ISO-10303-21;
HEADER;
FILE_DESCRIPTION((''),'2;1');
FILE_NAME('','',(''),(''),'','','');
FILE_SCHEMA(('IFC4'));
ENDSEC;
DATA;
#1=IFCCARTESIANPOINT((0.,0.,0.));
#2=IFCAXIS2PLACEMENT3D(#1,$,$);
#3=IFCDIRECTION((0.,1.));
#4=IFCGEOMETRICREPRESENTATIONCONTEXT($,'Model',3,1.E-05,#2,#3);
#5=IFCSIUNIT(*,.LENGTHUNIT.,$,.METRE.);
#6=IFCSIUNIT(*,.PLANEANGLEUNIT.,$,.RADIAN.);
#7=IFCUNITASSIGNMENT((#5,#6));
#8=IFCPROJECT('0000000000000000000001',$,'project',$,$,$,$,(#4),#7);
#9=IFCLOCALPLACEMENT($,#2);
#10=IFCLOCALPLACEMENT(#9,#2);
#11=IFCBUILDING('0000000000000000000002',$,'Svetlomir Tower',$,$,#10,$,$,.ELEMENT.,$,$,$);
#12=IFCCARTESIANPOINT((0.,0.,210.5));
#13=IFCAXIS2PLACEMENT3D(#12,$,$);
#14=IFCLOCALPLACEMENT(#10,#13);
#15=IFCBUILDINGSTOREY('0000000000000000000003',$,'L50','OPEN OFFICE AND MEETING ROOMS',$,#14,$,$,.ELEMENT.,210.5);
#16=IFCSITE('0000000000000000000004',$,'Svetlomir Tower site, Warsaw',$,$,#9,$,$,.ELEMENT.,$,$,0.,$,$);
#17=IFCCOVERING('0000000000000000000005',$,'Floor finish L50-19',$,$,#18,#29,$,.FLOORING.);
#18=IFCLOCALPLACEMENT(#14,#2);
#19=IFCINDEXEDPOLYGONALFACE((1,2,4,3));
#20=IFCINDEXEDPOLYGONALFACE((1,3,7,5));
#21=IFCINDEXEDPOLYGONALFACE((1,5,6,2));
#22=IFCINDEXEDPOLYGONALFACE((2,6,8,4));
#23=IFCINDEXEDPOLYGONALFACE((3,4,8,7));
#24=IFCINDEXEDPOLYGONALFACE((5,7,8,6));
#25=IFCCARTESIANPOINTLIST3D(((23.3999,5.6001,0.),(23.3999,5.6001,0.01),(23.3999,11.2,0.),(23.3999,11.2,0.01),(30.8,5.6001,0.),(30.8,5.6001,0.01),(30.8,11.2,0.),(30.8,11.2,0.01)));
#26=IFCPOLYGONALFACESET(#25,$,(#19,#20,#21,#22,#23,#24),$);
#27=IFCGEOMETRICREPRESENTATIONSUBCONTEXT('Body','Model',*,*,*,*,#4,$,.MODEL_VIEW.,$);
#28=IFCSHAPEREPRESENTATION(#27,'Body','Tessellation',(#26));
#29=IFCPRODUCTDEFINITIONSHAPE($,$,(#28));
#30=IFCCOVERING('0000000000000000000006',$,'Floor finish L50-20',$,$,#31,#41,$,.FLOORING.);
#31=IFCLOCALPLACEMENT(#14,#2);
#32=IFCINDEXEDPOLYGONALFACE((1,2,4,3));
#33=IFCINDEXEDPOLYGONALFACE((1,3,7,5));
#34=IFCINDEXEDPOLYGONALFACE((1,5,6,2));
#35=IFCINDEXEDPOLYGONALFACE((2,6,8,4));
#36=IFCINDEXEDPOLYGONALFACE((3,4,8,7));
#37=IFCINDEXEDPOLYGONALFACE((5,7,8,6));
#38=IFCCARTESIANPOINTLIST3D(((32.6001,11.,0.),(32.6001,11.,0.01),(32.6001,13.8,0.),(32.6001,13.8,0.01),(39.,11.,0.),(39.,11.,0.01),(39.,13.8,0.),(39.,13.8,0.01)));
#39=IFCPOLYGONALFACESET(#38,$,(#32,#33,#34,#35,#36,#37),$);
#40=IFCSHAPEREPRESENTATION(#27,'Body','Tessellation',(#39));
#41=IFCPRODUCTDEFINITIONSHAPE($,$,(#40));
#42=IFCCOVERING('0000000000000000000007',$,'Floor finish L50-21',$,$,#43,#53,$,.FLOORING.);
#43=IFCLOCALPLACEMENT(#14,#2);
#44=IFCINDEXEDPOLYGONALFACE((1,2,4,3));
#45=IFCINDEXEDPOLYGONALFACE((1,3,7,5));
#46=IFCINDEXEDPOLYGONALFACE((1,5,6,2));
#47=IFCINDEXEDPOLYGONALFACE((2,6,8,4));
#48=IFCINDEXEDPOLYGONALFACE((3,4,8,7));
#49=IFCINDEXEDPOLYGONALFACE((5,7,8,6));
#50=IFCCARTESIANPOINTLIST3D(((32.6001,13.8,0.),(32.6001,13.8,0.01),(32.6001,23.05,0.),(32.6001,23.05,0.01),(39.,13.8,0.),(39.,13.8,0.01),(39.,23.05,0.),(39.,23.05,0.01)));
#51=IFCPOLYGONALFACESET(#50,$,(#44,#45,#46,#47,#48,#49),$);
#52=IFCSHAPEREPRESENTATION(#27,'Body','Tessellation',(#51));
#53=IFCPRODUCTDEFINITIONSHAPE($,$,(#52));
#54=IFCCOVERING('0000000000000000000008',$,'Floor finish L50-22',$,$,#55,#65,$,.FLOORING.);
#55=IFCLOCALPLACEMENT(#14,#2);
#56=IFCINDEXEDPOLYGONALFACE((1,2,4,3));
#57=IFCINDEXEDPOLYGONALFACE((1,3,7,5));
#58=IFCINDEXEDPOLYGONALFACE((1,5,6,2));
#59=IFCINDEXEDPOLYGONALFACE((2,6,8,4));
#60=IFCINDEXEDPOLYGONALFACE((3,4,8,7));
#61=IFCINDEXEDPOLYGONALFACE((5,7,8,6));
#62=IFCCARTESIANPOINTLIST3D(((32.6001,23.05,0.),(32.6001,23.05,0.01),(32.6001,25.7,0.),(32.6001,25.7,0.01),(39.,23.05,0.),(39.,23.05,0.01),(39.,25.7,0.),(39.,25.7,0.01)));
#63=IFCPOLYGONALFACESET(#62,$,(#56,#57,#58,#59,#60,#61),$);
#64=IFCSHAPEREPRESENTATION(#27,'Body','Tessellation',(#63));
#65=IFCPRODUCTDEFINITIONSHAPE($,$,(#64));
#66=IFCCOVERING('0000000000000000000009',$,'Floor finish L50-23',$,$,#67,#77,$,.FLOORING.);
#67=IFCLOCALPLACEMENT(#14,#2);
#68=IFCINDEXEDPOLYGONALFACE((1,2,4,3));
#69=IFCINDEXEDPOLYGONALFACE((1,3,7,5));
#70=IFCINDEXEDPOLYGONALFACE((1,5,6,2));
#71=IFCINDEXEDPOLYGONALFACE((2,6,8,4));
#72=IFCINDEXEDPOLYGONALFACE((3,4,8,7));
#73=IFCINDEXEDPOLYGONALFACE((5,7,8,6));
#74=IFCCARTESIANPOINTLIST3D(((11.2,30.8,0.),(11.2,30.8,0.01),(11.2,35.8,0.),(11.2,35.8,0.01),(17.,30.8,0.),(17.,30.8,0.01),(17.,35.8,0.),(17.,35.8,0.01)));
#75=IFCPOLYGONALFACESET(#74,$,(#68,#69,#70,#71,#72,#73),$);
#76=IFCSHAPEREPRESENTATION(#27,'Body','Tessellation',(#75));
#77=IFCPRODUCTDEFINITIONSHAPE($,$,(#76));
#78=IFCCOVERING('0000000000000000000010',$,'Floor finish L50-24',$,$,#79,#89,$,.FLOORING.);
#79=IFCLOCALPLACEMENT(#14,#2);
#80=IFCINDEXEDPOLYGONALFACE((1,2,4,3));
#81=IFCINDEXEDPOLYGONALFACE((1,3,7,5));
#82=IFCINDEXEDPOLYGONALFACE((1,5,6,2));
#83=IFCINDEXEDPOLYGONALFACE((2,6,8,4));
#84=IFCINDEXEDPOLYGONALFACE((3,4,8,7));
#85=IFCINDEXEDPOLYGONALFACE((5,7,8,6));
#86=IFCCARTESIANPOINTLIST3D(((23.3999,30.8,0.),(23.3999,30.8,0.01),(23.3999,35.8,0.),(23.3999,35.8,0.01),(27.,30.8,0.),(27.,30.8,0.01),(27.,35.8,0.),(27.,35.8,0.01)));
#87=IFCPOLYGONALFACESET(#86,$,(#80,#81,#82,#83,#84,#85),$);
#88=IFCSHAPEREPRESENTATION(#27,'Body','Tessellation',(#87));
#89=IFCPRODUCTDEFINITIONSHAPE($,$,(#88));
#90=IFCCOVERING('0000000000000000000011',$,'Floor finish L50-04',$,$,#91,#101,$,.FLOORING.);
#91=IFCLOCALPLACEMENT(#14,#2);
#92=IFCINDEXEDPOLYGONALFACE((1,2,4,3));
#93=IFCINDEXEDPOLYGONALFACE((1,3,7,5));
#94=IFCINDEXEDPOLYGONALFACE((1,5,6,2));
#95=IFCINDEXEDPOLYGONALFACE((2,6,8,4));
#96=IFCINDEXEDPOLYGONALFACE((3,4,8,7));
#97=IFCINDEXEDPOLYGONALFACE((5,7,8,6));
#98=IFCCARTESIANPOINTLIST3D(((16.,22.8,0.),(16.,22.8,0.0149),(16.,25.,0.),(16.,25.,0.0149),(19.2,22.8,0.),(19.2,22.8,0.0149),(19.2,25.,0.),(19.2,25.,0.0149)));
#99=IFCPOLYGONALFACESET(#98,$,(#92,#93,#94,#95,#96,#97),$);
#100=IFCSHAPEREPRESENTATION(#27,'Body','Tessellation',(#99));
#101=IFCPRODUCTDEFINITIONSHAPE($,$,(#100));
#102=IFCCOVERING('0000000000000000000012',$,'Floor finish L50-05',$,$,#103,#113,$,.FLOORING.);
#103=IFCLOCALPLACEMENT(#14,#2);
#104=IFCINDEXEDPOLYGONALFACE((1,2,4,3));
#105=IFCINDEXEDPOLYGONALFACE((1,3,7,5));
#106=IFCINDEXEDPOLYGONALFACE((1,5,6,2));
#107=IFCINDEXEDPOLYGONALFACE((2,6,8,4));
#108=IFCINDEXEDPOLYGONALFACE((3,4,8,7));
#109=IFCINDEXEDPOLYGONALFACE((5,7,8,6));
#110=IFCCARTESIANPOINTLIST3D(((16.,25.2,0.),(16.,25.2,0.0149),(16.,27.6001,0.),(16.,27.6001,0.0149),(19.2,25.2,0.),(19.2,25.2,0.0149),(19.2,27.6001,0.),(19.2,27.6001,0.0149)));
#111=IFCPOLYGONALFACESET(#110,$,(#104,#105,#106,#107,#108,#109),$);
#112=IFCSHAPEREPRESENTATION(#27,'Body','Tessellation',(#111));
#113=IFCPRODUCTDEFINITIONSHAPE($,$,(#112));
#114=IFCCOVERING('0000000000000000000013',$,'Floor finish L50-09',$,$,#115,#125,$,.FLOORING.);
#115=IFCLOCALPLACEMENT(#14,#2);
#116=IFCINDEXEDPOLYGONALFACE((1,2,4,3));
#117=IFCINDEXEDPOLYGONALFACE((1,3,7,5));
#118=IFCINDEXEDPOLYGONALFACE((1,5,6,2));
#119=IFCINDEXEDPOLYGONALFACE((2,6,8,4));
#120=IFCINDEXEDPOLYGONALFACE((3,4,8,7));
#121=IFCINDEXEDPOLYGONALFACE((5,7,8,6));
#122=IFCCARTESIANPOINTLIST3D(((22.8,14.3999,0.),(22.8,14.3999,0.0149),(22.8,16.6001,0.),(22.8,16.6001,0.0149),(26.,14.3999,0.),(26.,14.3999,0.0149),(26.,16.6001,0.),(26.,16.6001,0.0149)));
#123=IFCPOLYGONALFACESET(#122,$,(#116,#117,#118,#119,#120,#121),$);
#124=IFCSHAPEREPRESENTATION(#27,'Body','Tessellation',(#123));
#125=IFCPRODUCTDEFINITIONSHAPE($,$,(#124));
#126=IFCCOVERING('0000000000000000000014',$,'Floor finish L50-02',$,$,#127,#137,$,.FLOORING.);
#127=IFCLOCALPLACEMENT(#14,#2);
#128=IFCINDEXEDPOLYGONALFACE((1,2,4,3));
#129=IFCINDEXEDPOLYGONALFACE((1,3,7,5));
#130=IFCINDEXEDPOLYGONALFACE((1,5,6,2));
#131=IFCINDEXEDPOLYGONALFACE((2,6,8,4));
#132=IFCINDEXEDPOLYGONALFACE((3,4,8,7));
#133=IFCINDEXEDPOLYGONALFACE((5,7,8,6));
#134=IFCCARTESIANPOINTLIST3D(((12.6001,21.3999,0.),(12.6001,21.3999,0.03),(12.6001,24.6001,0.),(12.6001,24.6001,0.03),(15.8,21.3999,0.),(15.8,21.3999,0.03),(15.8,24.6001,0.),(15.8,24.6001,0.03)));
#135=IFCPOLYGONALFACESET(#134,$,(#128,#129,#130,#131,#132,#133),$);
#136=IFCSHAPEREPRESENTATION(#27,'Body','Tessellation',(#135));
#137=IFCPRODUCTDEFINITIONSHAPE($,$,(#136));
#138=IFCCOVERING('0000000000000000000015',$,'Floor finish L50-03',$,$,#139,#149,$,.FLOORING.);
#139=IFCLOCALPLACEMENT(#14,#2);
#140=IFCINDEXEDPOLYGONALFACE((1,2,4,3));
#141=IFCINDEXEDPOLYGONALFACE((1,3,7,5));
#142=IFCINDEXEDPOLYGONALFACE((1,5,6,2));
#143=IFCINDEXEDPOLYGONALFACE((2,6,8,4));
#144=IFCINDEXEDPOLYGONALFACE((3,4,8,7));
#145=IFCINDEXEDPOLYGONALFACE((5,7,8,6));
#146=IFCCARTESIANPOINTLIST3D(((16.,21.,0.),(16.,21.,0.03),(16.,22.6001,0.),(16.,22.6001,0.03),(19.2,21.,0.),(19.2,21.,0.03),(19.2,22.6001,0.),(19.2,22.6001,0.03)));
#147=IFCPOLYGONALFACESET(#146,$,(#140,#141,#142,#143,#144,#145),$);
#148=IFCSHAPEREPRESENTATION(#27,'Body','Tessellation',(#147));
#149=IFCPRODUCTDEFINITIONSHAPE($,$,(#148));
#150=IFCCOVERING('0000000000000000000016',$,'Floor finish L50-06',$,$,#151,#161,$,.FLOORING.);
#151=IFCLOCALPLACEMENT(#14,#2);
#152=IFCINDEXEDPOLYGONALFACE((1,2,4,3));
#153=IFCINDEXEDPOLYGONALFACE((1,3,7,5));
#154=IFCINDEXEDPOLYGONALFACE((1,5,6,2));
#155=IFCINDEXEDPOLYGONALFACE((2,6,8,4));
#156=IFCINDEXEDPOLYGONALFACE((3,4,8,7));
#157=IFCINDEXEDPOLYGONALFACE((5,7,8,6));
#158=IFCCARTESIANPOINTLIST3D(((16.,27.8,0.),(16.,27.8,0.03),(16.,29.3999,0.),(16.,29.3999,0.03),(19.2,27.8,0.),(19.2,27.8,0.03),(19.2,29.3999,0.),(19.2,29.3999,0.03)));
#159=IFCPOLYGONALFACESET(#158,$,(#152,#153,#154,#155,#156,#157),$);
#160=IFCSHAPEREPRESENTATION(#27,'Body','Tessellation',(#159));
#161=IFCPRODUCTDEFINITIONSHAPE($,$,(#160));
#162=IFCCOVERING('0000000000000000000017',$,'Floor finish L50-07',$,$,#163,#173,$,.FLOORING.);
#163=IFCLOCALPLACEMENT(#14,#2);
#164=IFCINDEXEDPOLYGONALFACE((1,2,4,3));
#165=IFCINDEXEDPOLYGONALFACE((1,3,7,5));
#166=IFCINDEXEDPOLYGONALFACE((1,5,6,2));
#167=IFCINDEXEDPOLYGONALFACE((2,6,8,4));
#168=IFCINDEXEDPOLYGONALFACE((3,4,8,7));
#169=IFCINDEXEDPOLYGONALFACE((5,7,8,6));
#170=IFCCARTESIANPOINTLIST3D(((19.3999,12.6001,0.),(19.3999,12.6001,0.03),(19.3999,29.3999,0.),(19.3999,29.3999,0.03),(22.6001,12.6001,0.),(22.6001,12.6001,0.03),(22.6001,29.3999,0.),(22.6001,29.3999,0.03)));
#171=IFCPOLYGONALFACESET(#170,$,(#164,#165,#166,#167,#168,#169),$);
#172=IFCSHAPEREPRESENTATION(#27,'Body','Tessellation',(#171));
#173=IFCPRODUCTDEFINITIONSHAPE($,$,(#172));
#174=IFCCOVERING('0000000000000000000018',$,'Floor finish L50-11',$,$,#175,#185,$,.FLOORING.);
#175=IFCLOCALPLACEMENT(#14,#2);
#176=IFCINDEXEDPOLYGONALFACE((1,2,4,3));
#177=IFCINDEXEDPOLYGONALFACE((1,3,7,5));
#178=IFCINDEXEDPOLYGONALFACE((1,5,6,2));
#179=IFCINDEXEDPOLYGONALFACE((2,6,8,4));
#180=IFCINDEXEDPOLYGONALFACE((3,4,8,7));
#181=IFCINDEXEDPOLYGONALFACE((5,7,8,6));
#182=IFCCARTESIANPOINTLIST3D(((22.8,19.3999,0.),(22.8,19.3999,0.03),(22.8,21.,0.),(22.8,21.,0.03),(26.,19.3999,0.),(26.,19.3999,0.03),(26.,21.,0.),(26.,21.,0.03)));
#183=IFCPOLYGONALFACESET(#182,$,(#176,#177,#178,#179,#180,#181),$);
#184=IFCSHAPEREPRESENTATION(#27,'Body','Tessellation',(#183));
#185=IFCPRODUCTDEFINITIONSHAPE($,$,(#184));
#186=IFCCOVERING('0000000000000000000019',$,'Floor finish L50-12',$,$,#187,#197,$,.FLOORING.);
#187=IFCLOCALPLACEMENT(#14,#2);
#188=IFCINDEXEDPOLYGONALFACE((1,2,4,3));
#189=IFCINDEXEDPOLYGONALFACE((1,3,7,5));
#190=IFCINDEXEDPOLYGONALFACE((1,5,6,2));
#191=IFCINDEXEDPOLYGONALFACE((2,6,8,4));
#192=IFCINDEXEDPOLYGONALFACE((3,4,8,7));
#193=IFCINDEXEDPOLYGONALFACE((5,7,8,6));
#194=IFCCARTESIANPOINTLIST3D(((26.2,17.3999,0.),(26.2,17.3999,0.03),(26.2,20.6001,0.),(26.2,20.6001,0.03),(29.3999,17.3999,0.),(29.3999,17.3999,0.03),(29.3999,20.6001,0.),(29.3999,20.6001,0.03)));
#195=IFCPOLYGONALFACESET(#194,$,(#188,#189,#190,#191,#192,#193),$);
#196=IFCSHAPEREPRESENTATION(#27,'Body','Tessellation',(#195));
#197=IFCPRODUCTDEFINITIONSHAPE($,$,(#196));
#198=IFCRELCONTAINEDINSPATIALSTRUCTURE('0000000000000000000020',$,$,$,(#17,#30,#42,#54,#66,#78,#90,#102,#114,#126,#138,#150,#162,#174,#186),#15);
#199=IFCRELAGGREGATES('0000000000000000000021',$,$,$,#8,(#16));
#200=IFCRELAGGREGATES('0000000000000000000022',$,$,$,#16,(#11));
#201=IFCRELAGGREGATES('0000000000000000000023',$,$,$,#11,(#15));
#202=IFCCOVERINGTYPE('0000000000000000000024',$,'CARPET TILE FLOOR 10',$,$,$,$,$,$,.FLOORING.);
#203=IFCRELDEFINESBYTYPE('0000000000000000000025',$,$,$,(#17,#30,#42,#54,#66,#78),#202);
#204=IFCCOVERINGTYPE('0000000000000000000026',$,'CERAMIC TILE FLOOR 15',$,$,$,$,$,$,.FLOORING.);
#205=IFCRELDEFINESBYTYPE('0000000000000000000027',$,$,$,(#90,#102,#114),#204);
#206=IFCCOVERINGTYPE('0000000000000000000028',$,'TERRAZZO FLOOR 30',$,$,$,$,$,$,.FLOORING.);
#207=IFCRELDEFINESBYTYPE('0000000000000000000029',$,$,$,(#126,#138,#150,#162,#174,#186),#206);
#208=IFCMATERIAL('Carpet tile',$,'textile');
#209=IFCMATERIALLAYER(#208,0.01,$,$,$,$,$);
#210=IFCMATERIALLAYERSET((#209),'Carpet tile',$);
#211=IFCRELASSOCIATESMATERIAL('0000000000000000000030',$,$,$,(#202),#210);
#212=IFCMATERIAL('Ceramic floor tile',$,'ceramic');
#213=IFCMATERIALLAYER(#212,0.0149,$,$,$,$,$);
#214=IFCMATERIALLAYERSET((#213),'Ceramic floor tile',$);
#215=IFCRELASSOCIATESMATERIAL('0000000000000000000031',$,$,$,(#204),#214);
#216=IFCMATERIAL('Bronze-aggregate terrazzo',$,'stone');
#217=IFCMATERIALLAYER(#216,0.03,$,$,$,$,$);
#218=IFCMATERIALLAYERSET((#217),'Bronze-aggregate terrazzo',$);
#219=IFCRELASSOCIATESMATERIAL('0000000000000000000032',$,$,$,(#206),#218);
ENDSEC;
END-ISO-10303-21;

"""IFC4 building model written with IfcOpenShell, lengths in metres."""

from ifc_helpers import new_model, si_unit, direction, frame, origin, place, context, subcontext, project, spatial, polyline, outline, extrude, material, layer, layer_set, type_object, element, save


model = new_model("IFC4")

# Units and contexts
model_context = context("Model", 3, precision=1e-05, world=origin(), true_north=direction((0.0, 1.0)))
body_context = subcontext(model_context, "Body", "Model", "MODEL_VIEW")
ifc_project = project(units=[si_unit("LENGTHUNIT", "METRE"), si_unit("PLANEANGLEUNIT", "RADIAN")], contexts=[model_context])

# Site, building, storey
site_placement = place(None, origin())
site = spatial("IfcSite", under=ifc_project, at=site_placement, Name="Svetlomir Tower site, Warsaw", CompositionType="ELEMENT", RefElevation=0.0)
building_placement = place(site_placement, origin())
building = spatial("IfcBuilding", under=site, at=building_placement, Name="Svetlomir Tower", CompositionType="ELEMENT")
storey_placement = place(building_placement, frame((0.0, 0.0, 210.5)))
storey = spatial("IfcBuildingStorey", under=building, at=storey_placement, Name="L50", Description="OPEN OFFICE AND MEETING ROOMS", CompositionType="ELEMENT", Elevation=210.5)

# Coverings
ifc_material_1 = material(Name="Carpet tile", Category="textile")
ifc_layer_1 = layer(ifc_material_1, 0.01)
ifc_layer_set_1 = layer_set([ifc_layer_1], Name="Carpet tile")
covering_type_1 = type_object("IfcCoveringType", Name="CARPET TILE FLOOR 10", PredefinedType="FLOORING", material=ifc_layer_set_1)
covering_1_placement = place(storey_placement, origin())
element("IfcCovering", 1, at=covering_1_placement, inside=storey, type_object=covering_type_1, Name="Floor finish L50-19", PredefinedType="FLOORING", context=body_context, shape_type="SweptSolid", body=[
    extrude(outline(polyline([(23.3999, 5.6001), (30.8, 5.6001), (30.8, 11.2), (23.3999, 11.2), (23.3999, 5.6001)])), origin(), (0.0, 0.0, 1.0), 0.01),
])
covering_2_placement = place(storey_placement, origin())
element("IfcCovering", 2, at=covering_2_placement, inside=storey, type_object=covering_type_1, Name="Floor finish L50-20", PredefinedType="FLOORING", context=body_context, shape_type="SweptSolid", body=[
    extrude(outline(polyline([(32.6001, 11.0), (39.0, 11.0), (39.0, 13.8), (32.6001, 13.8), (32.6001, 11.0)])), origin(), (0.0, 0.0, 1.0), 0.01),
])
covering_3_placement = place(storey_placement, origin())
element("IfcCovering", 3, at=covering_3_placement, inside=storey, type_object=covering_type_1, Name="Floor finish L50-21", PredefinedType="FLOORING", context=body_context, shape_type="SweptSolid", body=[
    extrude(outline(polyline([(32.6001, 13.8), (39.0, 13.8), (39.0, 23.05), (32.6001, 23.05), (32.6001, 13.8)])), origin(), (0.0, 0.0, 1.0), 0.01),
])
covering_4_placement = place(storey_placement, origin())
element("IfcCovering", 4, at=covering_4_placement, inside=storey, type_object=covering_type_1, Name="Floor finish L50-22", PredefinedType="FLOORING", context=body_context, shape_type="SweptSolid", body=[
    extrude(outline(polyline([(32.6001, 23.05), (39.0, 23.05), (39.0, 25.7), (32.6001, 25.7), (32.6001, 23.05)])), origin(), (0.0, 0.0, 1.0), 0.01),
])
covering_5_placement = place(storey_placement, origin())
element("IfcCovering", 5, at=covering_5_placement, inside=storey, type_object=covering_type_1, Name="Floor finish L50-23", PredefinedType="FLOORING", context=body_context, shape_type="SweptSolid", body=[
    extrude(outline(polyline([(11.2, 30.8), (17.0, 30.8), (17.0, 35.8), (11.2, 35.8), (11.2, 30.8)])), origin(), (0.0, 0.0, 1.0), 0.01),
])
covering_6_placement = place(storey_placement, origin())
element("IfcCovering", 6, at=covering_6_placement, inside=storey, type_object=covering_type_1, Name="Floor finish L50-24", PredefinedType="FLOORING", context=body_context, shape_type="SweptSolid", body=[
    extrude(outline(polyline([(23.3999, 30.8), (27.0, 30.8), (27.0, 35.8), (23.3999, 35.8), (23.3999, 30.8)])), origin(), (0.0, 0.0, 1.0), 0.01),
])
ifc_material_2 = material(Name="Ceramic floor tile", Category="ceramic")
ifc_layer_2 = layer(ifc_material_2, 0.0149)
ifc_layer_set_2 = layer_set([ifc_layer_2], Name="Ceramic floor tile")
covering_type_2 = type_object("IfcCoveringType", Name="CERAMIC TILE FLOOR 15", PredefinedType="FLOORING", material=ifc_layer_set_2)
covering_7_placement = place(storey_placement, origin())
element("IfcCovering", 7, at=covering_7_placement, inside=storey, type_object=covering_type_2, Name="Floor finish L50-04", PredefinedType="FLOORING", context=body_context, shape_type="SweptSolid", body=[
    extrude(outline(polyline([(16.0, 22.8), (19.2, 22.8), (19.2, 25.0), (16.0, 25.0), (16.0, 22.8)])), origin(), (0.0, 0.0, 1.0), 0.0149),
])
covering_8_placement = place(storey_placement, origin())
element("IfcCovering", 8, at=covering_8_placement, inside=storey, type_object=covering_type_2, Name="Floor finish L50-05", PredefinedType="FLOORING", context=body_context, shape_type="SweptSolid", body=[
    extrude(outline(polyline([(16.0, 25.2), (19.2, 25.2), (19.2, 27.6001), (16.0, 27.6001), (16.0, 25.2)])), origin(), (0.0, 0.0, 1.0), 0.0149),
])
covering_9_placement = place(storey_placement, origin())
element("IfcCovering", 9, at=covering_9_placement, inside=storey, type_object=covering_type_2, Name="Floor finish L50-09", PredefinedType="FLOORING", context=body_context, shape_type="SweptSolid", body=[
    extrude(outline(polyline([(22.8, 14.3999), (26.0, 14.3999), (26.0, 16.6001), (22.8, 16.6001), (22.8, 14.3999)])), origin(), (0.0, 0.0, 1.0), 0.0149),
])
ifc_material_3 = material(Name="Bronze-aggregate terrazzo", Category="stone")
ifc_layer_3 = layer(ifc_material_3, 0.03)
ifc_layer_set_3 = layer_set([ifc_layer_3], Name="Bronze-aggregate terrazzo")
covering_type_3 = type_object("IfcCoveringType", Name="TERRAZZO FLOOR 30", PredefinedType="FLOORING", material=ifc_layer_set_3)
covering_10_placement = place(storey_placement, origin())
element("IfcCovering", 10, at=covering_10_placement, inside=storey, type_object=covering_type_3, Name="Floor finish L50-02", PredefinedType="FLOORING", context=body_context, shape_type="SweptSolid", body=[
    extrude(outline(polyline([(12.6001, 21.3999), (15.8, 21.3999), (15.8, 24.6001), (12.6001, 24.6001), (12.6001, 21.3999)])), origin(), (0.0, 0.0, 1.0), 0.03),
])
covering_11_placement = place(storey_placement, origin())
element("IfcCovering", 11, at=covering_11_placement, inside=storey, type_object=covering_type_3, Name="Floor finish L50-03", PredefinedType="FLOORING", context=body_context, shape_type="SweptSolid", body=[
    extrude(outline(polyline([(16.0, 21.0), (19.2, 21.0), (19.2, 22.6001), (16.0, 22.6001), (16.0, 21.0)])), origin(), (0.0, 0.0, 1.0), 0.03),
])
covering_12_placement = place(storey_placement, origin())
element("IfcCovering", 12, at=covering_12_placement, inside=storey, type_object=covering_type_3, Name="Floor finish L50-06", PredefinedType="FLOORING", context=body_context, shape_type="SweptSolid", body=[
    extrude(outline(polyline([(16.0, 27.8), (19.2, 27.8), (19.2, 29.3999), (16.0, 29.3999), (16.0, 27.8)])), origin(), (0.0, 0.0, 1.0), 0.03),
])
covering_13_placement = place(storey_placement, origin())
element("IfcCovering", 13, at=covering_13_placement, inside=storey, type_object=covering_type_3, Name="Floor finish L50-07", PredefinedType="FLOORING", context=body_context, shape_type="SweptSolid", body=[
    extrude(outline(polyline([(19.3999, 12.6001), (22.6001, 12.6001), (22.6001, 29.3999), (19.3999, 29.3999), (19.3999, 12.6001)])), origin(), (0.0, 0.0, 1.0), 0.03),
])
covering_14_placement = place(storey_placement, origin())
element("IfcCovering", 14, at=covering_14_placement, inside=storey, type_object=covering_type_3, Name="Floor finish L50-11", PredefinedType="FLOORING", context=body_context, shape_type="SweptSolid", body=[
    extrude(outline(polyline([(22.8, 19.3999), (26.0, 19.3999), (26.0, 21.0), (22.8, 21.0), (22.8, 19.3999)])), origin(), (0.0, 0.0, 1.0), 0.03),
])
covering_15_placement = place(storey_placement, origin())
element("IfcCovering", 15, at=covering_15_placement, inside=storey, type_object=covering_type_3, Name="Floor finish L50-12", PredefinedType="FLOORING", context=body_context, shape_type="SweptSolid", body=[
    extrude(outline(polyline([(26.2, 17.3999), (29.3999, 17.3999), (29.3999, 20.6001), (26.2, 20.6001), (26.2, 17.3999)])), origin(), (0.0, 0.0, 1.0), 0.03),
])

save(model, "model.ifc")
